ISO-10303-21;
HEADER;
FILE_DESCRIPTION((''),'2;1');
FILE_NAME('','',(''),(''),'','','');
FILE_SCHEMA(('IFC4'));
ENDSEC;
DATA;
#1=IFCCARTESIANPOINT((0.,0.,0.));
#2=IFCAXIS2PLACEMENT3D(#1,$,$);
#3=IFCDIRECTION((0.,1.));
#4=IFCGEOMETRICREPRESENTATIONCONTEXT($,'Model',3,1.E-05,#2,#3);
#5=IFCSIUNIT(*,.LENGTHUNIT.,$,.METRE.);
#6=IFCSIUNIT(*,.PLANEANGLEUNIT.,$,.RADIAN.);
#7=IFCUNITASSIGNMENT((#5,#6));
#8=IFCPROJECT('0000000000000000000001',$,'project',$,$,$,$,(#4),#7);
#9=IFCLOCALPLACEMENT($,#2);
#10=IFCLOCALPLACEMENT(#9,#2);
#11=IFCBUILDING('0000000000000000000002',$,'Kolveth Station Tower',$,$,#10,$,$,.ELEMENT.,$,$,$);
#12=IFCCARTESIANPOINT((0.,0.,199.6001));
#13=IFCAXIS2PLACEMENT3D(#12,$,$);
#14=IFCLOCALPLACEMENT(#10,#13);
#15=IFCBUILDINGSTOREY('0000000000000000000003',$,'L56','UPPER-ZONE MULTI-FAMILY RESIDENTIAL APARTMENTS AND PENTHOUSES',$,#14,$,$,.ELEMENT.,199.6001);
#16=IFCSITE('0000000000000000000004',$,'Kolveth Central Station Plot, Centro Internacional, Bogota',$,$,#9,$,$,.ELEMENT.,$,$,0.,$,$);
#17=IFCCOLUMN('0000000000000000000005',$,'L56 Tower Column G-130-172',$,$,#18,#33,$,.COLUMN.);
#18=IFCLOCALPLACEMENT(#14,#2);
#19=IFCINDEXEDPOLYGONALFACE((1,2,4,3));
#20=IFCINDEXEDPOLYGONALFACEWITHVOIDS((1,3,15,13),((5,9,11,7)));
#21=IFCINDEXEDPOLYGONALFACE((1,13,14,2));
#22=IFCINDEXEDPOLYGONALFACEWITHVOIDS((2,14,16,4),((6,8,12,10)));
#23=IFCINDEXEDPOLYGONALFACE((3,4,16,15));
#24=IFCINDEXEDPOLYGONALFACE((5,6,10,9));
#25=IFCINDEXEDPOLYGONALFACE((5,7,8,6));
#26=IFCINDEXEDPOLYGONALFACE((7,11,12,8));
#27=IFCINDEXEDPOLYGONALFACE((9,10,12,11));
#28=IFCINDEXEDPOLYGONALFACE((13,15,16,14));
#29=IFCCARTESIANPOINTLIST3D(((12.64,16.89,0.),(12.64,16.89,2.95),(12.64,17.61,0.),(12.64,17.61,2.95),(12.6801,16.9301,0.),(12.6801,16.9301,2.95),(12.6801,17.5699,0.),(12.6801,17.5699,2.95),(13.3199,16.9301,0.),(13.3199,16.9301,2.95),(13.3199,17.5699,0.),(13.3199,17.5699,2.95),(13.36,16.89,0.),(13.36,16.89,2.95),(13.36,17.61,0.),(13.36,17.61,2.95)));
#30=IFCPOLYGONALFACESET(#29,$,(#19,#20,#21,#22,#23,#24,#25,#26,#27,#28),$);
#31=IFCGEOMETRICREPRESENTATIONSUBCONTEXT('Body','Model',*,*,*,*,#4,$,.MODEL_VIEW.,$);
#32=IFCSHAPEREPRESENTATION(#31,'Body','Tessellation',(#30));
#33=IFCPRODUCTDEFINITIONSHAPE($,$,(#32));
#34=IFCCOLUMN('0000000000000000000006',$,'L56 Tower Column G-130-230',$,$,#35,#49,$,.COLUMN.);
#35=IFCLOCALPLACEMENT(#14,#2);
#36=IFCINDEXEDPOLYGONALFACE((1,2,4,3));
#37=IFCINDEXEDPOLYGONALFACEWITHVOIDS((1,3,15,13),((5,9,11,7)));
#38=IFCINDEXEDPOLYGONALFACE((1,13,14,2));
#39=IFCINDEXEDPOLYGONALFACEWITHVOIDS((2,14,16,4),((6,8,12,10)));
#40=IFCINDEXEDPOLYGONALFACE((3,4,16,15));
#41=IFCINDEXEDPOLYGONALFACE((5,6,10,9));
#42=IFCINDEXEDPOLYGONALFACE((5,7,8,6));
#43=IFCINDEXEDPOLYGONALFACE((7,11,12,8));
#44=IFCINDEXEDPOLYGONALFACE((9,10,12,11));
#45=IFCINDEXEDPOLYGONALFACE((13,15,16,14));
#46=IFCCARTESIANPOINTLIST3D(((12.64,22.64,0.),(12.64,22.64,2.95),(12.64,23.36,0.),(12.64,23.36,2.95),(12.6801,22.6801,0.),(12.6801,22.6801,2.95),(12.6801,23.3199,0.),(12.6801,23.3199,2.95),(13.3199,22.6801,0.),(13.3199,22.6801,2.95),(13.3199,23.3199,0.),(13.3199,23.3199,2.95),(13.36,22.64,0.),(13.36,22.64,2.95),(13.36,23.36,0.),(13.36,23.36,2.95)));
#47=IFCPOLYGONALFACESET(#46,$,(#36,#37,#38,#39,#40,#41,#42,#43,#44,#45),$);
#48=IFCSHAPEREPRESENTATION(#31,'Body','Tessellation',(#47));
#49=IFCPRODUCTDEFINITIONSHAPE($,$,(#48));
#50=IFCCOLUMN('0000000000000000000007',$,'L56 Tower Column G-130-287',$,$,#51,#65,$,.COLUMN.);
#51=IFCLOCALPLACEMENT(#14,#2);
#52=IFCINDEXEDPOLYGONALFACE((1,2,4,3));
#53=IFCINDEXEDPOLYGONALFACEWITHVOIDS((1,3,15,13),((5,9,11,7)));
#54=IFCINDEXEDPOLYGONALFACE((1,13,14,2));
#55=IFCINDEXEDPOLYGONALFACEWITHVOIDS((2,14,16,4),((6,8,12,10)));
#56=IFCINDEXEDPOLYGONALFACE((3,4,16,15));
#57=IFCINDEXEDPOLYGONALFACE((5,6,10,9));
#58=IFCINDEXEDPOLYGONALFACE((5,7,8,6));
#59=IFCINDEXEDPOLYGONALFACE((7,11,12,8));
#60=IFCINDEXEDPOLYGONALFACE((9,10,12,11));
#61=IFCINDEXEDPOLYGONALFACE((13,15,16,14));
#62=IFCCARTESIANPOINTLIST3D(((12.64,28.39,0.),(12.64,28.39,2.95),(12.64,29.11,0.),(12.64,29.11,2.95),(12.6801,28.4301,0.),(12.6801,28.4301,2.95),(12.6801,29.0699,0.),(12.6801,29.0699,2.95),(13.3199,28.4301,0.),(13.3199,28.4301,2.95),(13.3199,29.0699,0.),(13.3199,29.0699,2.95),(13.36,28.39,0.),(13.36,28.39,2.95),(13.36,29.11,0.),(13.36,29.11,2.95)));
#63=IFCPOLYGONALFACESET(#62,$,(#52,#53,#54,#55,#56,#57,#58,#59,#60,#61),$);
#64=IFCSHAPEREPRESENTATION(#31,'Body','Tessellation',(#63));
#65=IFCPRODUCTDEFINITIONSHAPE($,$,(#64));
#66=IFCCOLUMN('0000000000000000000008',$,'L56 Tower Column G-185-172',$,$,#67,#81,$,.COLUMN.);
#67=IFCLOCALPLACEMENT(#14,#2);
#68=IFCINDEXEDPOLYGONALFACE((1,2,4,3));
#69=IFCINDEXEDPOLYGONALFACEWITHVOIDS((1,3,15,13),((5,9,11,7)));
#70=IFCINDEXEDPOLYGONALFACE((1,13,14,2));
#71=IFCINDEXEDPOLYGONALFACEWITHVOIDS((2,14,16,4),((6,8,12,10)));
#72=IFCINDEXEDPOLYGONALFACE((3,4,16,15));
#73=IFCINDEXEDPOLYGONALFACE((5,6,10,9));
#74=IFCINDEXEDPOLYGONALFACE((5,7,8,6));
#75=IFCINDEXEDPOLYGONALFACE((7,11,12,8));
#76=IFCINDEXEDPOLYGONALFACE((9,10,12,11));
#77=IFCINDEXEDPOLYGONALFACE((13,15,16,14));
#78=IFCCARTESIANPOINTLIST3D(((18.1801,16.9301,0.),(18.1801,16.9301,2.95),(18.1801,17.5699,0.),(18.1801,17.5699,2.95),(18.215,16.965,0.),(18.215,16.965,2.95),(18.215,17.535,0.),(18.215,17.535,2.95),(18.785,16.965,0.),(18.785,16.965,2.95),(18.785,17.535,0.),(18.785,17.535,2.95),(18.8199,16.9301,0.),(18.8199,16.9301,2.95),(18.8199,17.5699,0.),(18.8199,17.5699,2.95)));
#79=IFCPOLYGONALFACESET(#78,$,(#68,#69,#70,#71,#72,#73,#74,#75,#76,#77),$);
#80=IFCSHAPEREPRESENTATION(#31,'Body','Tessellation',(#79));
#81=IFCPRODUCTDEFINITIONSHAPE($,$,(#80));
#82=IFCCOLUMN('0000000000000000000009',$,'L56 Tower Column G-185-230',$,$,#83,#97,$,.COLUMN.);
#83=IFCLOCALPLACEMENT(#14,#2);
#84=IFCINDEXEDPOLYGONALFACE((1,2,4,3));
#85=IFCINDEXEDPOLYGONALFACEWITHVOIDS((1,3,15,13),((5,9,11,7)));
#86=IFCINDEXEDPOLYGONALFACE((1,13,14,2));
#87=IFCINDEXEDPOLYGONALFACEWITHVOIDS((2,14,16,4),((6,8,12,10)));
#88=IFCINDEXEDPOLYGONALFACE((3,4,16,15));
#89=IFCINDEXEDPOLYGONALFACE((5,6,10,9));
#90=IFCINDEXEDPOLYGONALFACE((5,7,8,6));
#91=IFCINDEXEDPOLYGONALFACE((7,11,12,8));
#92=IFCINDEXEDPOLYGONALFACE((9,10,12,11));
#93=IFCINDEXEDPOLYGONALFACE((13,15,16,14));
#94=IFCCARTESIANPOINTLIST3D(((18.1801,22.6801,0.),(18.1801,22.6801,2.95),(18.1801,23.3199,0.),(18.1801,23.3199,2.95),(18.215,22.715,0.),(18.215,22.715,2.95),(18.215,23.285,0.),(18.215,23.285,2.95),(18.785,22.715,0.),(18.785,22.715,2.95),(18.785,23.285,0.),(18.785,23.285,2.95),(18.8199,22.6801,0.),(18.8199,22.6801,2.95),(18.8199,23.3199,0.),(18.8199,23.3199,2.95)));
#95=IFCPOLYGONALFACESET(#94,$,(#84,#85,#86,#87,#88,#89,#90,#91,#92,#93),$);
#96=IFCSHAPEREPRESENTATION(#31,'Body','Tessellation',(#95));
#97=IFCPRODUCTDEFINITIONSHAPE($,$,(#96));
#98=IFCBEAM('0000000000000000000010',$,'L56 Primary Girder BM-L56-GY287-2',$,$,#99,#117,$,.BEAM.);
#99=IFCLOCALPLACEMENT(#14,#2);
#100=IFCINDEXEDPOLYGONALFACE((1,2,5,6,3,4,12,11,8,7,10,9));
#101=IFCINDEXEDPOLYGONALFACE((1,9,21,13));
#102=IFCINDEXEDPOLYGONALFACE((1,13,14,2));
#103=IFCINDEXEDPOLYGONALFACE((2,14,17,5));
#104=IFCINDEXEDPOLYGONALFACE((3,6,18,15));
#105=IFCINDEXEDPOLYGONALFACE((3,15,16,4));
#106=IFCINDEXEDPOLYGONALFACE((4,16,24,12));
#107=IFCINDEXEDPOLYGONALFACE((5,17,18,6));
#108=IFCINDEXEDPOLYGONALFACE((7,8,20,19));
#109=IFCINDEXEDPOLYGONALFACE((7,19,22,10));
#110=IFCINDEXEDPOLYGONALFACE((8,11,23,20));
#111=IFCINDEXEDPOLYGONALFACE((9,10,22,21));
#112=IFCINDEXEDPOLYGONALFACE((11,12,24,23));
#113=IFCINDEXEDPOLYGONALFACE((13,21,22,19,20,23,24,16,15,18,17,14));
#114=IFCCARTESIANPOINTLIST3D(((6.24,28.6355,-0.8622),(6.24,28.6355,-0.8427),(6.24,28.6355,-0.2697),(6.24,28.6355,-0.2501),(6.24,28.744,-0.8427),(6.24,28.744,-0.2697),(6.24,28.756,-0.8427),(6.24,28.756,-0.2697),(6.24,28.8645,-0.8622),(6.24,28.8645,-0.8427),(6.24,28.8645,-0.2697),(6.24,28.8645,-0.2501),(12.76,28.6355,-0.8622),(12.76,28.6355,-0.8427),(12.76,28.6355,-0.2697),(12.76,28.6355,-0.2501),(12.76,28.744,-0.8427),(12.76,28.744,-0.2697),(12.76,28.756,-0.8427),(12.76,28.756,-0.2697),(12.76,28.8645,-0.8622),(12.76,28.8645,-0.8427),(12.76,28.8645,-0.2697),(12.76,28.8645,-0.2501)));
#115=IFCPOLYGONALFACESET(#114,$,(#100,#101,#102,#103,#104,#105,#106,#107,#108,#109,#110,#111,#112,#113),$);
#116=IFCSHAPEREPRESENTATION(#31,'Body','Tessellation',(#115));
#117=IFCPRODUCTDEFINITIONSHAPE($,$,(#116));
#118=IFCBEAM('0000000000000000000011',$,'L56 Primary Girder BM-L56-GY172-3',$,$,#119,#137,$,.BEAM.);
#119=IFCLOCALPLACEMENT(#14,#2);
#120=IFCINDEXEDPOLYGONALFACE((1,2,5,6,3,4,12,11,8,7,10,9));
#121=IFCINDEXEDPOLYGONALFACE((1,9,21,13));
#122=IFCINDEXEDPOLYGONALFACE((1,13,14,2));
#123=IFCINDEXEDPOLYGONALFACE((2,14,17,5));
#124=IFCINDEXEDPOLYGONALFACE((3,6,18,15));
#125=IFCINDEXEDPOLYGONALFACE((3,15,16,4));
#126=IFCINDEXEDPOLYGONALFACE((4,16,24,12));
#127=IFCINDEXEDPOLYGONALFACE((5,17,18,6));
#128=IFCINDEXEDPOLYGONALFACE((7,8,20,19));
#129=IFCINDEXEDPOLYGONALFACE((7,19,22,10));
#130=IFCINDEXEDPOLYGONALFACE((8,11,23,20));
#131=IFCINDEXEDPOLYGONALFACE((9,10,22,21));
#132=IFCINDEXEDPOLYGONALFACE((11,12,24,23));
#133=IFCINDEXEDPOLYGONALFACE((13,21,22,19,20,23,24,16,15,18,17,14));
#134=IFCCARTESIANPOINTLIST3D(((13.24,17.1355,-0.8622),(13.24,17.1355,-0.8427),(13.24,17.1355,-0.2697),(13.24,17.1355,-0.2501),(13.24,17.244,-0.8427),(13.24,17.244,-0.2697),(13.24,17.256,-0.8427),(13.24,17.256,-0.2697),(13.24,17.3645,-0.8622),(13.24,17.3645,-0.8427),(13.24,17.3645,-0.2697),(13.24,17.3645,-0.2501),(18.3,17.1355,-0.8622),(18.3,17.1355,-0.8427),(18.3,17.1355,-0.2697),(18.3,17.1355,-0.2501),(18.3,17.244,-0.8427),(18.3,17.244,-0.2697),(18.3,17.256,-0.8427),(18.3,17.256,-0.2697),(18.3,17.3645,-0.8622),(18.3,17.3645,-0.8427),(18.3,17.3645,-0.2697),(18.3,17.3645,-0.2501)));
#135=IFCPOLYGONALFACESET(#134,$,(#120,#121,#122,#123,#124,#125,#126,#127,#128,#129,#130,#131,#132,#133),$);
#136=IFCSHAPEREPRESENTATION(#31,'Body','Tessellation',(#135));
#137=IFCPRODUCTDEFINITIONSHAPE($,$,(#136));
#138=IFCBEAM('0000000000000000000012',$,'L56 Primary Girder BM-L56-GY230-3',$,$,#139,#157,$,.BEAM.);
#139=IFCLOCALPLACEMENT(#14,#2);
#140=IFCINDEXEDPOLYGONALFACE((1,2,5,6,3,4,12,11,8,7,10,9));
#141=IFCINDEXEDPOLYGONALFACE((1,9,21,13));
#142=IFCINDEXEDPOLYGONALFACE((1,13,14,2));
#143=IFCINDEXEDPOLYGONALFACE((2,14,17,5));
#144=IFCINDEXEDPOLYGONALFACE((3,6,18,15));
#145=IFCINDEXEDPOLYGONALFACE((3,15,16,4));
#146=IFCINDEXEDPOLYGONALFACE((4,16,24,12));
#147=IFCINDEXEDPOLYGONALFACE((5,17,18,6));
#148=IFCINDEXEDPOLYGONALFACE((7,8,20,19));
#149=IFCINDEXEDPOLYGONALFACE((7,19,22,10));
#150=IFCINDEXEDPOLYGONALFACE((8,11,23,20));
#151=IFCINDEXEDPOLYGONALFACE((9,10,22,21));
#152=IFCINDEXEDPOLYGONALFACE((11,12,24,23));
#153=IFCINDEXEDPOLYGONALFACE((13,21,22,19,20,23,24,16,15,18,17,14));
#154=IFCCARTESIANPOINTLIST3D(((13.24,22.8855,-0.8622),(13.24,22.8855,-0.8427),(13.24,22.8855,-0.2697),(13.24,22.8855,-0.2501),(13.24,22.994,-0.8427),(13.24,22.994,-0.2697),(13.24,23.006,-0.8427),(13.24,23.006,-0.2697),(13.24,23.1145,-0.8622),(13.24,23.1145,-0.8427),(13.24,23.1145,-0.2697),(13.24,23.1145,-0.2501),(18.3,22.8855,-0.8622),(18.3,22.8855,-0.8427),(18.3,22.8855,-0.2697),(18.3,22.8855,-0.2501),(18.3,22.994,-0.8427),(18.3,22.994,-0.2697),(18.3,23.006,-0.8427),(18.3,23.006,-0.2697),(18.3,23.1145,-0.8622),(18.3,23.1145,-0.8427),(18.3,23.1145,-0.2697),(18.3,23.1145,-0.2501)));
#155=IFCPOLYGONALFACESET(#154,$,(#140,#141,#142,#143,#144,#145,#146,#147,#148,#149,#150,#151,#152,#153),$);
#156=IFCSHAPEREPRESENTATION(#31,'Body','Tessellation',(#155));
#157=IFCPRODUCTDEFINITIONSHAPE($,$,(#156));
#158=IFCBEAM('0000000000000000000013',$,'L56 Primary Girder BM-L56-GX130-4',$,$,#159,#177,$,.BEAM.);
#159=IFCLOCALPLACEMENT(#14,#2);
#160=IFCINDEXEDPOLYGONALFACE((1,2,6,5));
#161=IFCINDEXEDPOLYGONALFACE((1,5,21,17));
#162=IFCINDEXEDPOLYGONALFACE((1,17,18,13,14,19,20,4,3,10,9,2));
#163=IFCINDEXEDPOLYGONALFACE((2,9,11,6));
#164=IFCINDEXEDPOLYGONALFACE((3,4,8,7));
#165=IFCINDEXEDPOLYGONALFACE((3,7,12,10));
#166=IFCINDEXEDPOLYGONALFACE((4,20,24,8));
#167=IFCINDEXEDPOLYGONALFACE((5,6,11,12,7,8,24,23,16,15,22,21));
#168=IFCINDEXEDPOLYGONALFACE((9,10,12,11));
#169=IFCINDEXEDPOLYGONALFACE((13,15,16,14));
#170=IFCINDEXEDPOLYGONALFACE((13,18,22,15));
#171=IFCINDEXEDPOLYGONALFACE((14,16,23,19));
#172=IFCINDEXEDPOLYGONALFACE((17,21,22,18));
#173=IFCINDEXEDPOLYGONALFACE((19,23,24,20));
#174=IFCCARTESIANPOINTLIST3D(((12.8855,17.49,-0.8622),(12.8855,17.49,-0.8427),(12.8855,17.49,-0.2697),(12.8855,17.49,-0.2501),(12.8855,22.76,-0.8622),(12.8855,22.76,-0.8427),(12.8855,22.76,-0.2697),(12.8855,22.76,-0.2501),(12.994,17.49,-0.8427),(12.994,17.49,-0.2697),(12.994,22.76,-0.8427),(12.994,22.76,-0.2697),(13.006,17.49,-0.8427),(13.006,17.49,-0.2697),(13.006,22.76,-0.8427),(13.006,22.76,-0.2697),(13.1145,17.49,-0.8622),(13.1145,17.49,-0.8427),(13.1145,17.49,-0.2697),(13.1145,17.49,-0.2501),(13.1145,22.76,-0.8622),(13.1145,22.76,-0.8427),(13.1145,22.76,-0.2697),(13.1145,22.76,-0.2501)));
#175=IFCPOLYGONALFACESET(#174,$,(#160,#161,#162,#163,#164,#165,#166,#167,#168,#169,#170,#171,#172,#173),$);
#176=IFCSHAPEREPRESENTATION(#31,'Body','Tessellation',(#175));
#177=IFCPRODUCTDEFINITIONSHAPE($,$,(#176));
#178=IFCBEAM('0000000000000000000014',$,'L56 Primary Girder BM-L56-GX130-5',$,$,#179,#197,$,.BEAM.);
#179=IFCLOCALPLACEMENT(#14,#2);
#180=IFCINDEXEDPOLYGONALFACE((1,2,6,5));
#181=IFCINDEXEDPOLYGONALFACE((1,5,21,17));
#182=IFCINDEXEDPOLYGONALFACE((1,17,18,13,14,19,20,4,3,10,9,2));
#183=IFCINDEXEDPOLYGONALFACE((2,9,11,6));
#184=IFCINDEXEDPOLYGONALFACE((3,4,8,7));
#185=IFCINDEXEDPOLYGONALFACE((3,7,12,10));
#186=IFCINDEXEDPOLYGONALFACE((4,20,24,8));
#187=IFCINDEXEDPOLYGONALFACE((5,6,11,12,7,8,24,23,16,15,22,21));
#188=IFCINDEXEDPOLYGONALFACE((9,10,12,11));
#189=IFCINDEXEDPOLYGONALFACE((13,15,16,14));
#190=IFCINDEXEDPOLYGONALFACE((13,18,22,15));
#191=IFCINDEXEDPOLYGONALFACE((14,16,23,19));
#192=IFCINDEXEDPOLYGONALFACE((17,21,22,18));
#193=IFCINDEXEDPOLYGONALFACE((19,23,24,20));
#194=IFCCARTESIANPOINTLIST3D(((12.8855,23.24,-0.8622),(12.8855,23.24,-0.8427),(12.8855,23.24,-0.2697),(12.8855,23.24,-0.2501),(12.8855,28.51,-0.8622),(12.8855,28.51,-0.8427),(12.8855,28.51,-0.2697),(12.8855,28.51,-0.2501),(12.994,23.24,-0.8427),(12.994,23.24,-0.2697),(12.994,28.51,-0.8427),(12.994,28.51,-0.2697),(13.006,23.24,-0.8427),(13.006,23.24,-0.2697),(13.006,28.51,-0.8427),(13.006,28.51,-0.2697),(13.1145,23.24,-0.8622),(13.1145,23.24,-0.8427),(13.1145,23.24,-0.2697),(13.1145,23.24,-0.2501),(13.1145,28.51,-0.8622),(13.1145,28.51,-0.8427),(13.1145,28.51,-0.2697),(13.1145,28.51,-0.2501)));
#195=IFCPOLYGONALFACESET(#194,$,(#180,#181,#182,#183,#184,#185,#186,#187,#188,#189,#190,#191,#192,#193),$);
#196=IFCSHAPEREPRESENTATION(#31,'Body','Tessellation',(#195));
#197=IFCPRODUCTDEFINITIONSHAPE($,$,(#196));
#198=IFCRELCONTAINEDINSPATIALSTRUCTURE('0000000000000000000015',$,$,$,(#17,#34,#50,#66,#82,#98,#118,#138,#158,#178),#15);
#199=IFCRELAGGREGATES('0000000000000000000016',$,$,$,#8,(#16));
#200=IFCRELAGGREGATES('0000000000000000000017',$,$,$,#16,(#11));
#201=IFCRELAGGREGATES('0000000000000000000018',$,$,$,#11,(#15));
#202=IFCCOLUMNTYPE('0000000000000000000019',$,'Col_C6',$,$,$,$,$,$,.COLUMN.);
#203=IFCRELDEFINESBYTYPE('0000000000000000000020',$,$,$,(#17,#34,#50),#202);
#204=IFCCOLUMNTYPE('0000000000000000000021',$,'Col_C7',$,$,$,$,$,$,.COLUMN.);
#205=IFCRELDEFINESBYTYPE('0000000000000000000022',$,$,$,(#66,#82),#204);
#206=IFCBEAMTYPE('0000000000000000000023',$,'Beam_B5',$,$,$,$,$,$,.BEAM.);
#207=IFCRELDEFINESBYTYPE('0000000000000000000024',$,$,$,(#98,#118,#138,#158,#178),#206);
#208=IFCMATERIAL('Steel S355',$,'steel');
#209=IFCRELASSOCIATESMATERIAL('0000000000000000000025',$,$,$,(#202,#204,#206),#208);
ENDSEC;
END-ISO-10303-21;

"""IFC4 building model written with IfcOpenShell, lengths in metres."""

from ifc_helpers import new_model, si_unit, direction, frame, origin, origin_2d, place, context, subcontext, project, spatial, hollow_rectangle, i_section, extrude, source, transform, mapped, material, material_profile, profile_set, type_object, element, save


model = new_model("IFC4")

# Units and contexts
model_context = context("Model", 3, precision=1e-05, world=origin(), true_north=direction((0.0, 1.0)))
body_context = subcontext(model_context, "Body", "Model", "MODEL_VIEW")
ifc_project = project(units=[si_unit("LENGTHUNIT", "METRE"), si_unit("PLANEANGLEUNIT", "RADIAN")], contexts=[model_context])

# Site, building, storey
site_placement = place(None, origin())
site = spatial("IfcSite", under=ifc_project, at=site_placement, Name="Kolveth Central Station Plot, Centro Internacional, Bogota", CompositionType="ELEMENT", RefElevation=0.0)
building_placement = place(site_placement, origin())
building = spatial("IfcBuilding", under=site, at=building_placement, Name="Kolveth Station Tower", CompositionType="ELEMENT")
storey_placement = place(building_placement, frame((0.0, 0.0, 199.6001)))
storey = spatial("IfcBuildingStorey", under=building, at=storey_placement, Name="L56", Description="UPPER-ZONE MULTI-FAMILY RESIDENTIAL APARTMENTS AND PENTHOUSES", CompositionType="ELEMENT", Elevation=199.6001)

# Columns
ifc_material_1 = material(Name="Steel S355", Category="steel")
ifc_material_profile_1 = material_profile(ifc_material_1, hollow_rectangle(XDim=0.72, YDim=0.72, WallThickness=0.04, at=origin_2d()), Name="BOX720x720x40")
ifc_profile_set_1 = profile_set([ifc_material_profile_1], Name="Steel S355")
column_type_1 = type_object("IfcColumnType", Name="Col_C6", PredefinedType="COLUMN", material=ifc_profile_set_1)
shared_shape_1 = source(origin(), body_context, "Body", "SweptSolid", [
    extrude(hollow_rectangle(XDim=0.72, YDim=0.72, WallThickness=0.04, at=origin_2d()), origin(), (0.0, 0.0, 1.0), 2.95),
])
for number, where, z_axis, x_axis, name in (
    (1, (13.0, 17.25, 0.0), (0.0, 0.0, 1.0), (1.0, 0.0, 0.0), "L56 Tower Column G-130-172"),
    (2, (13.0, 23.0, 0.0), (0.0, 0.0, 1.0), (1.0, 0.0, 0.0), "L56 Tower Column G-130-230"),
    (3, (13.0, 28.75, 0.0), (0.0, 0.0, 1.0), (1.0, 0.0, 0.0), "L56 Tower Column G-130-287"),
):
    element("IfcColumn", number, at=place(storey_placement, frame(where, z_axis=z_axis, x_axis=x_axis)), inside=storey, type_object=column_type_1, Name=name, PredefinedType="COLUMN", context=body_context, shape_type="MappedRepresentation", body=[
        mapped(shared_shape_1, transform((0.0, 0.0, 0.0), x_axis=(1.0, 0.0, 0.0), y_axis=(0.0, 1.0, 0.0), z_axis=(0.0, 0.0, 1.0), scale=1.0)),
    ])
ifc_material_profile_2 = material_profile(ifc_material_1, hollow_rectangle(XDim=0.6399, YDim=0.6399, WallThickness=0.0349, at=origin_2d()), Name="BOX640x640x35")
ifc_profile_set_2 = profile_set([ifc_material_profile_2], Name="Steel S355")
column_type_2 = type_object("IfcColumnType", Name="Col_C7", PredefinedType="COLUMN", material=ifc_profile_set_2)
shared_shape_2 = source(origin(), body_context, "Body", "SweptSolid", [
    extrude(hollow_rectangle(XDim=0.6399, YDim=0.6399, WallThickness=0.0349, at=origin_2d()), origin(), (0.0, 0.0, 1.0), 2.95),
])
for number, where, z_axis, x_axis, name in (
    (4, (18.5, 17.25, 0.0), (0.0, 0.0, 1.0), (1.0, 0.0, 0.0), "L56 Tower Column G-185-172"),
    (5, (18.5, 23.0, 0.0), (0.0, 0.0, 1.0), (1.0, 0.0, 0.0), "L56 Tower Column G-185-230"),
):
    element("IfcColumn", number, at=place(storey_placement, frame(where, z_axis=z_axis, x_axis=x_axis)), inside=storey, type_object=column_type_2, Name=name, PredefinedType="COLUMN", context=body_context, shape_type="MappedRepresentation", body=[
        mapped(shared_shape_2, transform((0.0, 0.0, 0.0), x_axis=(1.0, 0.0, 0.0), y_axis=(0.0, 1.0, 0.0), z_axis=(0.0, 0.0, 1.0), scale=1.0)),
    ])

# Beams
ifc_material_profile_3 = material_profile(ifc_material_1, i_section(OverallWidth=0.229, OverallDepth=0.6121, WebThickness=0.012, FlangeThickness=0.0195, at=origin_2d()), Name="W610x125")
ifc_profile_set_3 = profile_set([ifc_material_profile_3], Name="Steel S355")
beam_type_1 = type_object("IfcBeamType", Name="Beam_B5", PredefinedType="BEAM", material=ifc_profile_set_3)
shared_shape_3 = source(origin(), body_context, "Body", "SweptSolid", [
    extrude(i_section(OverallWidth=0.229, OverallDepth=0.6121, WebThickness=0.012, FlangeThickness=0.0195, at=origin_2d()), origin(), (0.0, 0.0, 1.0), 6.52),
])
beam_placement = place(storey_placement, frame((6.24, 28.75, -0.5562), z_axis=(1.0, 0.0, 0.0), x_axis=(0.0, 1.0, 0.0)))
element("IfcBeam", 6, at=beam_placement, inside=storey, type_object=beam_type_1, Name="L56 Primary Girder BM-L56-GY287-2", PredefinedType="BEAM", context=body_context, shape_type="MappedRepresentation", body=[
    mapped(shared_shape_3, transform((0.0, 0.0, 0.0), x_axis=(1.0, 0.0, 0.0), y_axis=(0.0, 1.0, 0.0), z_axis=(0.0, 0.0, 1.0), scale=1.0)),
])
shared_shape_4 = source(origin(), body_context, "Body", "SweptSolid", [
    extrude(i_section(OverallWidth=0.229, OverallDepth=0.6121, WebThickness=0.012, FlangeThickness=0.0195, at=origin_2d()), origin(), (0.0, 0.0, 1.0), 5.0601),
])
for number, where, z_axis, x_axis, name in (
    (7, (13.24, 17.25, -0.5562), (1.0, 0.0, 0.0), (0.0, 1.0, 0.0), "L56 Primary Girder BM-L56-GY172-3"),
    (8, (13.24, 23.0, -0.5562), (1.0, 0.0, 0.0), (0.0, 1.0, 0.0), "L56 Primary Girder BM-L56-GY230-3"),
):
    element("IfcBeam", number, at=place(storey_placement, frame(where, z_axis=z_axis, x_axis=x_axis)), inside=storey, type_object=beam_type_1, Name=name, PredefinedType="BEAM", context=body_context, shape_type="MappedRepresentation", body=[
        mapped(shared_shape_4, transform((0.0, 0.0, 0.0), x_axis=(1.0, 0.0, 0.0), y_axis=(0.0, 1.0, 0.0), z_axis=(0.0, 0.0, 1.0), scale=1.0)),
    ])
shared_shape_5 = source(origin(), body_context, "Body", "SweptSolid", [
    extrude(i_section(OverallWidth=0.229, OverallDepth=0.6121, WebThickness=0.012, FlangeThickness=0.0195, at=origin_2d()), origin(), (0.0, 0.0, 1.0), 5.27),
])
for number, where, z_axis, x_axis, name in (
    (9, (13.0, 17.49, -0.5562), (0.0, 1.0, 0.0), (-1.0, 0.0, 0.0), "L56 Primary Girder BM-L56-GX130-4"),
    (10, (13.0, 23.24, -0.5562), (0.0, 1.0, 0.0), (-1.0, 0.0, 0.0), "L56 Primary Girder BM-L56-GX130-5"),
):
    element("IfcBeam", number, at=place(storey_placement, frame(where, z_axis=z_axis, x_axis=x_axis)), inside=storey, type_object=beam_type_1, Name=name, PredefinedType="BEAM", context=body_context, shape_type="MappedRepresentation", body=[
        mapped(shared_shape_5, transform((0.0, 0.0, 0.0), x_axis=(1.0, 0.0, 0.0), y_axis=(0.0, 1.0, 0.0), z_axis=(0.0, 0.0, 1.0), scale=1.0)),
    ])

save(model, "model.ifc")
